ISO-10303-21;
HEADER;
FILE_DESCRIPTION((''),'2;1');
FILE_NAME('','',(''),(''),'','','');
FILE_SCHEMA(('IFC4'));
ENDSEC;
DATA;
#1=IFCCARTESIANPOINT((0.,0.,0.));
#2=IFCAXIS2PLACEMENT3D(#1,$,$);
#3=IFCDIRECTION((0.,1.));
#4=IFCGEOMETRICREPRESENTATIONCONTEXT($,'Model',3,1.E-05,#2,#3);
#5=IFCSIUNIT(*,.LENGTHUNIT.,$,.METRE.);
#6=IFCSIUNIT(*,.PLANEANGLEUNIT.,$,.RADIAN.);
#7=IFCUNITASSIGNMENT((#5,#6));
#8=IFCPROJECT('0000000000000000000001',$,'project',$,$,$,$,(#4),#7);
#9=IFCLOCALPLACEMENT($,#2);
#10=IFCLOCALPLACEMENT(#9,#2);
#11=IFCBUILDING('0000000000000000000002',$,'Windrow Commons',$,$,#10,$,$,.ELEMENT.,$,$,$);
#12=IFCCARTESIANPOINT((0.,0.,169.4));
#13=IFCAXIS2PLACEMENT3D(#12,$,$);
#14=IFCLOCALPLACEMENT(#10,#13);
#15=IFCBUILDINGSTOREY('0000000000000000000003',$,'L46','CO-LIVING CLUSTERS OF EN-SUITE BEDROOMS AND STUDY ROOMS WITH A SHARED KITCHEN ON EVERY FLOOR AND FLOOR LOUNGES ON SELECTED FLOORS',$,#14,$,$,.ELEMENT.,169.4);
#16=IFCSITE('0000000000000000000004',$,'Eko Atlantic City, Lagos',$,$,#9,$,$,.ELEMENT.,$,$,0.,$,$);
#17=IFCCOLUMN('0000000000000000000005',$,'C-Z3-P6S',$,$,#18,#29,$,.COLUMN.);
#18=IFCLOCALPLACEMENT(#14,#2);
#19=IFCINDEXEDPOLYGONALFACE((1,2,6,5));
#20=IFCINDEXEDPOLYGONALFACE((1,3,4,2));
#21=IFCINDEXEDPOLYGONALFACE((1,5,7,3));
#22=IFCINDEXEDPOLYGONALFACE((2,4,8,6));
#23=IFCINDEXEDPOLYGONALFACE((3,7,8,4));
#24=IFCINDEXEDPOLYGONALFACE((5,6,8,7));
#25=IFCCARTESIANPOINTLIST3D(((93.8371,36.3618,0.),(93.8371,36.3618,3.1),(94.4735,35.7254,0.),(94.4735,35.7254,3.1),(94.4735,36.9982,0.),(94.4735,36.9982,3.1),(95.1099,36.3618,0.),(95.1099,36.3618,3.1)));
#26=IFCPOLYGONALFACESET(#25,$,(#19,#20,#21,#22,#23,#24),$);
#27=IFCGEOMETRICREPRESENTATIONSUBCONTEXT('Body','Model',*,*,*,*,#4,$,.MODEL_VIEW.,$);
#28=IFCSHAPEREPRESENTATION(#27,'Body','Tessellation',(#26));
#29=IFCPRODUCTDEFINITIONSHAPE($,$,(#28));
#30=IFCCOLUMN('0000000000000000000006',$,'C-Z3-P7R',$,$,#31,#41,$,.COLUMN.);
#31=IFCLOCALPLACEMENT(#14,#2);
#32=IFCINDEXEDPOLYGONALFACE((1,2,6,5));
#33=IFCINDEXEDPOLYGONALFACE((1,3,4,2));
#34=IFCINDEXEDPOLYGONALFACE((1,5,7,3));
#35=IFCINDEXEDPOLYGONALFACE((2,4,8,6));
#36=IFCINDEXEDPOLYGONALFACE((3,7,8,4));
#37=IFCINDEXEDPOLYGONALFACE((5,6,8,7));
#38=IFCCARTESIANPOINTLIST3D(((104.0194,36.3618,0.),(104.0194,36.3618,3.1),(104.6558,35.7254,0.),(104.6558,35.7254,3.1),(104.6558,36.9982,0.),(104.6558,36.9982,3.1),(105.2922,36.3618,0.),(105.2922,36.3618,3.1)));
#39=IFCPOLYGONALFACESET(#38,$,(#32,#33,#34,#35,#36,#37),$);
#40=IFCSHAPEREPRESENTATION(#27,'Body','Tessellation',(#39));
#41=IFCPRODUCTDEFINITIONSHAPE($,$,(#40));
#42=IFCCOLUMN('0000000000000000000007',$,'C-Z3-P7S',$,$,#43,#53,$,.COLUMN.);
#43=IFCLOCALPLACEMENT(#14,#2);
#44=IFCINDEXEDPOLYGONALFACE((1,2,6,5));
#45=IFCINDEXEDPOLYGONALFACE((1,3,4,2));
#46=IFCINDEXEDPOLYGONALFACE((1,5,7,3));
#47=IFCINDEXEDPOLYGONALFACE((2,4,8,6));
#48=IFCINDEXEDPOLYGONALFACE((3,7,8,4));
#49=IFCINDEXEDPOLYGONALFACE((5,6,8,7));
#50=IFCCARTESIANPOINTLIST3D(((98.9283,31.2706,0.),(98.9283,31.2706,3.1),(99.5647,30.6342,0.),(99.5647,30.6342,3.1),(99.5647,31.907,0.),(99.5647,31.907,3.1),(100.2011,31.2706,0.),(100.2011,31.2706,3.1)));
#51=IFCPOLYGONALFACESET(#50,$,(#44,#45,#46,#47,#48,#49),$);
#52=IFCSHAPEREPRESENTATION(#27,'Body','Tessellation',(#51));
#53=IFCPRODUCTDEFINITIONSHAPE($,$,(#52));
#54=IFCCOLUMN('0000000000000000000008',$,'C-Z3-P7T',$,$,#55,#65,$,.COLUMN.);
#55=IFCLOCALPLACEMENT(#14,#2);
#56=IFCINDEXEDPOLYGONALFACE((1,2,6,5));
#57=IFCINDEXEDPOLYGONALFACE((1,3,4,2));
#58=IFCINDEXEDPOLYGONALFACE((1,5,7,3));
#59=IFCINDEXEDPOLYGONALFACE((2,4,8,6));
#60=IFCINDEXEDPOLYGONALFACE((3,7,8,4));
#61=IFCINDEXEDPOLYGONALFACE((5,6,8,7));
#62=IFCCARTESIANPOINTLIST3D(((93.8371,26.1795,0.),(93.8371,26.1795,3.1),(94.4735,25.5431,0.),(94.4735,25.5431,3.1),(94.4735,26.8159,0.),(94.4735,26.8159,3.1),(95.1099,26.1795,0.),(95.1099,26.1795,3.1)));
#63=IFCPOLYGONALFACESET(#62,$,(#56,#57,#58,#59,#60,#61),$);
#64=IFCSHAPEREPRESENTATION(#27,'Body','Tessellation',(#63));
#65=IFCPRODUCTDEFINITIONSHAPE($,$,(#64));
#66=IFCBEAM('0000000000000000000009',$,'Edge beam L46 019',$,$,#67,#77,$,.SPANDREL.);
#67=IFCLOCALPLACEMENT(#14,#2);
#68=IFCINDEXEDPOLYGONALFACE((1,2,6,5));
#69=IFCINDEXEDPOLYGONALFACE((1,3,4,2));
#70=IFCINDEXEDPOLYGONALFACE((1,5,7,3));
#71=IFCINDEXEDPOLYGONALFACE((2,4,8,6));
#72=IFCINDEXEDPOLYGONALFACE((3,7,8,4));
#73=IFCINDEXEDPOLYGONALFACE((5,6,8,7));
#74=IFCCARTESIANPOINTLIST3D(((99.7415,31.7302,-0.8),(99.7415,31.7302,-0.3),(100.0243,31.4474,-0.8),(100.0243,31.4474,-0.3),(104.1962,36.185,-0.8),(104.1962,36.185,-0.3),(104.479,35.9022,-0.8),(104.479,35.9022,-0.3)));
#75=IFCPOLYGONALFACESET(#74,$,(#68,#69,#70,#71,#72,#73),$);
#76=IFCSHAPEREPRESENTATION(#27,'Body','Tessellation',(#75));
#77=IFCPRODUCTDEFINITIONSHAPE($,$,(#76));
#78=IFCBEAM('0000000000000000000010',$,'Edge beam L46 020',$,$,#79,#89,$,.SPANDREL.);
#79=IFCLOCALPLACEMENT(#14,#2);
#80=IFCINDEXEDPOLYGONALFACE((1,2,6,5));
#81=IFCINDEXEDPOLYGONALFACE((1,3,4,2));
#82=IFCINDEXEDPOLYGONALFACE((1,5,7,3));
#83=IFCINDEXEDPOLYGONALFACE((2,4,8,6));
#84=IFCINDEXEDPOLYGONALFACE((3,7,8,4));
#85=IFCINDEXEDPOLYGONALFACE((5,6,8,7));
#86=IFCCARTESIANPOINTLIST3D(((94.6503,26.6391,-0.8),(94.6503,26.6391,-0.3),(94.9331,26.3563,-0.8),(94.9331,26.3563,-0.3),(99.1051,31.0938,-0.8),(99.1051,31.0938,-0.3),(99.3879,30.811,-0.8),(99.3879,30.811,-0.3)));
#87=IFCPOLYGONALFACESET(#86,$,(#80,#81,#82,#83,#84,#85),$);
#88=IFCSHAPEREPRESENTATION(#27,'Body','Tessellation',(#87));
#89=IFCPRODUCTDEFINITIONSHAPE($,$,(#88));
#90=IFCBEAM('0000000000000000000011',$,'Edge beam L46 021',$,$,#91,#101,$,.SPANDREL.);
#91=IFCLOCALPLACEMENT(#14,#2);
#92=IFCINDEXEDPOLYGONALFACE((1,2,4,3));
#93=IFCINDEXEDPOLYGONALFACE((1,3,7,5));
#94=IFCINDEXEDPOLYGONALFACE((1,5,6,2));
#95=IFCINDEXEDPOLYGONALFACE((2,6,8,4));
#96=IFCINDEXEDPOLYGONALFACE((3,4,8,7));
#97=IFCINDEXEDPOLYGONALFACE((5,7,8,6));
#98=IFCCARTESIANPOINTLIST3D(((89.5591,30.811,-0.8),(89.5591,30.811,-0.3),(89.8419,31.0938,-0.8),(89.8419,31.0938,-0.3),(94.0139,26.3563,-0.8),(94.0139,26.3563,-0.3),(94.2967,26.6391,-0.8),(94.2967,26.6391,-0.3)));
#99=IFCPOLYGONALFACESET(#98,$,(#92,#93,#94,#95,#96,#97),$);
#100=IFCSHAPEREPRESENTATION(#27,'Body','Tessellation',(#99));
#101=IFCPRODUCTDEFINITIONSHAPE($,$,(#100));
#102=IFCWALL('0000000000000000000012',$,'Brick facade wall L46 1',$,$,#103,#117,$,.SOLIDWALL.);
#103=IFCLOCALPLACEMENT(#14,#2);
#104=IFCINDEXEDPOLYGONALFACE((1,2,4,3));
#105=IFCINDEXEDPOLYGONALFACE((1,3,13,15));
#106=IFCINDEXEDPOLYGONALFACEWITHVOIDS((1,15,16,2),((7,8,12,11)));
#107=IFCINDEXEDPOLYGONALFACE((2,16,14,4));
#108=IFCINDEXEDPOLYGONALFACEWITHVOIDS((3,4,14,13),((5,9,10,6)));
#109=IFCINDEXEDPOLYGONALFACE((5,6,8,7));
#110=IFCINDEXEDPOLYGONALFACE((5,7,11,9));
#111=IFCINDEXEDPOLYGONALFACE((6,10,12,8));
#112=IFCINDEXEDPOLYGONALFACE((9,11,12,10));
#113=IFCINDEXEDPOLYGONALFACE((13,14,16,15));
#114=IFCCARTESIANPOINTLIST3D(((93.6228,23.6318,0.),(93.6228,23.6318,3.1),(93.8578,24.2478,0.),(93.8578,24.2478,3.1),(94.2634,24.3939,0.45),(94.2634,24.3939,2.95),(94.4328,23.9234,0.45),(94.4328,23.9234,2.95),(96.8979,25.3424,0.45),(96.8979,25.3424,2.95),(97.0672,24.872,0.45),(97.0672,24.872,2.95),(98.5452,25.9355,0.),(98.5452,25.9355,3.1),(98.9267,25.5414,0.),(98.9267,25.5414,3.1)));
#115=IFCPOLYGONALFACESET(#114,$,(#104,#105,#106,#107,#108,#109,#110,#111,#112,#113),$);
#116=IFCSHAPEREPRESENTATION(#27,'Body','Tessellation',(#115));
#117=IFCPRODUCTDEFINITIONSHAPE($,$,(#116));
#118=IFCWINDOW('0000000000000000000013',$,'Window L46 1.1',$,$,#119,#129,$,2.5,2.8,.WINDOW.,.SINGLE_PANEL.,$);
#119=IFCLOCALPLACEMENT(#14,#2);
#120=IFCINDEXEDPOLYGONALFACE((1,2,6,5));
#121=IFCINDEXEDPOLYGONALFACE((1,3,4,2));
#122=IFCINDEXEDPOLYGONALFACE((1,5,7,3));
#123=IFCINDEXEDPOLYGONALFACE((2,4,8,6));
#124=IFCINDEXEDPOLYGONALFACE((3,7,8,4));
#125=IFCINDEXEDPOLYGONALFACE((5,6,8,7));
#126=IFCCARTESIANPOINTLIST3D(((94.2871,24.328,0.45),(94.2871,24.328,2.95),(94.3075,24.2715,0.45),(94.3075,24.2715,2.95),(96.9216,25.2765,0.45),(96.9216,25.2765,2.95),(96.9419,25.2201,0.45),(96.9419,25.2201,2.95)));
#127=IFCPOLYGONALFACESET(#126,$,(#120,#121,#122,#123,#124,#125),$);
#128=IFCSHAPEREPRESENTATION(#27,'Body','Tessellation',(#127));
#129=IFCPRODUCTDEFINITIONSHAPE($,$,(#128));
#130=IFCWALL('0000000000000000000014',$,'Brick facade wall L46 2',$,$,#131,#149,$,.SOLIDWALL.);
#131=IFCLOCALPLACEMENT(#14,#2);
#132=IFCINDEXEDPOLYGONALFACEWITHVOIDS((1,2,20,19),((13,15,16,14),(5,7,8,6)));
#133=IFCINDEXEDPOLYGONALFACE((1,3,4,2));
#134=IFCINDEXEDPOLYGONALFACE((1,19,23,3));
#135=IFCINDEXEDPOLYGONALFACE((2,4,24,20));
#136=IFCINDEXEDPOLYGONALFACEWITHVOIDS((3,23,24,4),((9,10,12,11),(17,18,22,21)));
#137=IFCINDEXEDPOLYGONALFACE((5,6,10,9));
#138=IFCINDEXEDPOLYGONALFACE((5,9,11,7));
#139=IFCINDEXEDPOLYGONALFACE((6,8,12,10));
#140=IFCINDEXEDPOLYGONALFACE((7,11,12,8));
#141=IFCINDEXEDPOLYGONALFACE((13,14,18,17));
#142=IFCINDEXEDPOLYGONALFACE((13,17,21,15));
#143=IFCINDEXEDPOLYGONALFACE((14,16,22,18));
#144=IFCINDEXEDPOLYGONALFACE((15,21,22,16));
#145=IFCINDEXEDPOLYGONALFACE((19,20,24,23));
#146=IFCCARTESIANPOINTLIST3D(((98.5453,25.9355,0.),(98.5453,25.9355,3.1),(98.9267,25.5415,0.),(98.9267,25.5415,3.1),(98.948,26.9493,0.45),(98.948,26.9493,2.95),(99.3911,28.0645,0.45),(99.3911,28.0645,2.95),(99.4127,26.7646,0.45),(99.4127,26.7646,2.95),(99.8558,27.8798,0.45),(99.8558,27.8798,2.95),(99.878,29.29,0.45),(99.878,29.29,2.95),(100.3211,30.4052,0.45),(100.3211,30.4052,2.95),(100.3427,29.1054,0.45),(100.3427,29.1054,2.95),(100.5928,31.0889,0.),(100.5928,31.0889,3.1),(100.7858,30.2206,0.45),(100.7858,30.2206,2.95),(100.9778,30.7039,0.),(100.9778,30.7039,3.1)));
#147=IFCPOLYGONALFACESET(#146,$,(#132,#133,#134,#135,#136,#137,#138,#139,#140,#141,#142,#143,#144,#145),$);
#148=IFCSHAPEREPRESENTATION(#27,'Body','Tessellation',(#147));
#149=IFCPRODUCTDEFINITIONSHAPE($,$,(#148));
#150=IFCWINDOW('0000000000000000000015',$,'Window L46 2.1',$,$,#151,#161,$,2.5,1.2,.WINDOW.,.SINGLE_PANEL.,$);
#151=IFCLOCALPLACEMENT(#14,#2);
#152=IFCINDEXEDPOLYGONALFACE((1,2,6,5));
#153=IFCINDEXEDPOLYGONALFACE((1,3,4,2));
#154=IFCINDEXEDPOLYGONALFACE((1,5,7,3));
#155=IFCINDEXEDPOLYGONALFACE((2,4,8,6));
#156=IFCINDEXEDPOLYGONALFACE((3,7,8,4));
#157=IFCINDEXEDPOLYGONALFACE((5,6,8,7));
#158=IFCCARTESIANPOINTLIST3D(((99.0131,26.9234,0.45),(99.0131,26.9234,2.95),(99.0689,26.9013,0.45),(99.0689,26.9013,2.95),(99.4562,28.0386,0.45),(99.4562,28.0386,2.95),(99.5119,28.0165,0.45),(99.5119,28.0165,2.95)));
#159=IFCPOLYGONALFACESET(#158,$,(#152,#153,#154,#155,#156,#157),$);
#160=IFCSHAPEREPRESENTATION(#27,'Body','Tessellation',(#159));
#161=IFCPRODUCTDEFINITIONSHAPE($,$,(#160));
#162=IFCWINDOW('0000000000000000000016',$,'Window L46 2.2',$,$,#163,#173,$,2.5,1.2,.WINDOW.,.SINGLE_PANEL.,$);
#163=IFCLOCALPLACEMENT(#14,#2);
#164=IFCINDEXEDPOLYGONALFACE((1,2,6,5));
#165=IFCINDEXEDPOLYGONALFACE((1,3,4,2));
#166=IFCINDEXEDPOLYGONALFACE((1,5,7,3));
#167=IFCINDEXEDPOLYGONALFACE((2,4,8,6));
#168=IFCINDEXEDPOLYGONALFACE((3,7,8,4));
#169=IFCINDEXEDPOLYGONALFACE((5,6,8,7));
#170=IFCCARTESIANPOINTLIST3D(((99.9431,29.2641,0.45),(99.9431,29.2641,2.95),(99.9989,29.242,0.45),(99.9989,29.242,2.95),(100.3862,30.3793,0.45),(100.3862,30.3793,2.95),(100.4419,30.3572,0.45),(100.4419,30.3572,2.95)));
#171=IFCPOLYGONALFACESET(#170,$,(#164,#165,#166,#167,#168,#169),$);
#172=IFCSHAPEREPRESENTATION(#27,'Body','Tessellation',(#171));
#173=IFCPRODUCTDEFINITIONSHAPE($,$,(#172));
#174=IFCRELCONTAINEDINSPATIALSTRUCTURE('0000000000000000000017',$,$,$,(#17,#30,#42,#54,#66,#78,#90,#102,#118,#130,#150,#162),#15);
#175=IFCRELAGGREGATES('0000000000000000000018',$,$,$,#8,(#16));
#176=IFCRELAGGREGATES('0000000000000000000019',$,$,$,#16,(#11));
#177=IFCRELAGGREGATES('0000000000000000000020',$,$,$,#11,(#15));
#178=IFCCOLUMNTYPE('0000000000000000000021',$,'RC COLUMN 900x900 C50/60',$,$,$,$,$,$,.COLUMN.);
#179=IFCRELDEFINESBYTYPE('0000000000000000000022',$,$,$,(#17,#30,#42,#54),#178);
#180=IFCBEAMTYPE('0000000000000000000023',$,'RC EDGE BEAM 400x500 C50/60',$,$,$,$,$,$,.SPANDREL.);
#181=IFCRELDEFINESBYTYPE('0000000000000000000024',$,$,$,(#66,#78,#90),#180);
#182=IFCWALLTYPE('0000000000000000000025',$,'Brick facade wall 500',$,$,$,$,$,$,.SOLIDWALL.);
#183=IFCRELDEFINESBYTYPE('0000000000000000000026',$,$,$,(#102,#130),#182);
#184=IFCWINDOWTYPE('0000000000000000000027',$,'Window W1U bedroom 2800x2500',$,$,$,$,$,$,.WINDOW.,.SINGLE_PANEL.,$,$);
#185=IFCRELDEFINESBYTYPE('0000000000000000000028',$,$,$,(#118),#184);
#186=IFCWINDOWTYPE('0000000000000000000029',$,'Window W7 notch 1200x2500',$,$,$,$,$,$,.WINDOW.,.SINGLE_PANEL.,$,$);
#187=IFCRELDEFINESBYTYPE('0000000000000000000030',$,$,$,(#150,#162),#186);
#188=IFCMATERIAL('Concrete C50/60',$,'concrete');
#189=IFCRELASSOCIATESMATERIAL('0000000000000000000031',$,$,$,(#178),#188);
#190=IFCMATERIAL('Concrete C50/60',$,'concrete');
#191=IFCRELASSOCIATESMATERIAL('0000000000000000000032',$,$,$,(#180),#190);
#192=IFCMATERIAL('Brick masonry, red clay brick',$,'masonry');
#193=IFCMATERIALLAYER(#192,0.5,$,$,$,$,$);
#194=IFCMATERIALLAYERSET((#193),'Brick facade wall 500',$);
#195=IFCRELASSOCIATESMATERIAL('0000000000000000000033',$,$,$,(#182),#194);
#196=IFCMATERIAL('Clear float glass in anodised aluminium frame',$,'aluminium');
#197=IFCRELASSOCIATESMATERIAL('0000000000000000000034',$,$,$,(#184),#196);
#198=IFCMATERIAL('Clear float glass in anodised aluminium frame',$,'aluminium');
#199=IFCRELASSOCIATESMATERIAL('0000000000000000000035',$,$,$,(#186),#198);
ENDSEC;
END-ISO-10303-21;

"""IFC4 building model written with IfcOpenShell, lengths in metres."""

from ifc_helpers import new_model, si_unit, direction, frame, frame_2d, origin, origin_2d, place, context, subcontext, project, spatial, polyline, rectangle, outline, extrude, material, layer, layer_set, material_profile, profile_set, type_object, element, fill, save


model = new_model("IFC4")

# Units and contexts
model_context = context("Model", 3, precision=1e-05, world=origin(), true_north=direction((0.0, 1.0)))
body_context = subcontext(model_context, "Body", "Model", "MODEL_VIEW")
ifc_project = project(units=[si_unit("LENGTHUNIT", "METRE"), si_unit("PLANEANGLEUNIT", "RADIAN")], contexts=[model_context])

# Site, building, storey
site_placement = place(None, origin())
site = spatial("IfcSite", under=ifc_project, at=site_placement, Name="Eko Atlantic City, Lagos", CompositionType="ELEMENT", RefElevation=0.0)
building_placement = place(site_placement, origin())
building = spatial("IfcBuilding", under=site, at=building_placement, Name="Windrow Commons", CompositionType="ELEMENT")
storey_placement = place(building_placement, frame((0.0, 0.0, 169.4)))
storey = spatial("IfcBuildingStorey", under=building, at=storey_placement, Name="L46", Description="CO-LIVING CLUSTERS OF EN-SUITE BEDROOMS AND STUDY ROOMS WITH A SHARED KITCHEN ON EVERY FLOOR AND FLOOR LOUNGES ON SELECTED FLOORS", CompositionType="ELEMENT", Elevation=169.4)

# Columns
ifc_material_1 = material(Name="Concrete C50/60", Category="concrete")
ifc_material_profile_1 = material_profile(ifc_material_1, rectangle(XDim=0.9, YDim=0.9, at=origin_2d()))
ifc_profile_set_1 = profile_set([ifc_material_profile_1], Name="Concrete C50/60")
column_type = type_object("IfcColumnType", Name="RC COLUMN 900x900 C50/60", PredefinedType="COLUMN", material=ifc_profile_set_1)
for number, where, z_axis, x_axis, name in (
    (1, (94.4735, 36.3618, 0.0), (0.0, 0.0, 1.0), (0.707107, -0.707107, 0.0), "C-Z3-P6S"),
    (2, (104.6558, 36.3618, 0.0), (0.0, 0.0, 1.0), (0.707107, -0.707107, 0.0), "C-Z3-P7R"),
    (3, (99.5647, 31.2706, 0.0), (0.0, 0.0, 1.0), (0.707107, -0.707107, 0.0), "C-Z3-P7S"),
    (4, (94.4735, 26.1795, 0.0), (0.0, 0.0, 1.0), (0.707107, -0.707107, 0.0), "C-Z3-P7T"),
):
    element("IfcColumn", number, at=place(storey_placement, frame(where, z_axis=z_axis, x_axis=x_axis)), inside=storey, type_object=column_type, Name=name, PredefinedType="COLUMN", context=body_context, shape_type="SweptSolid", body=[
        extrude(rectangle(XDim=0.9, YDim=0.9, at=origin_2d()), origin(), (0.0, 0.0, 1.0), 3.1),
    ])

# Beams
ifc_material_2 = material(Name="Concrete C50/60", Category="concrete")
ifc_material_profile_2 = material_profile(ifc_material_2, rectangle(XDim=0.4, YDim=0.5, at=origin_2d()))
ifc_profile_set_2 = profile_set([ifc_material_profile_2], Name="Concrete C50/60")
beam_type = type_object("IfcBeamType", Name="RC EDGE BEAM 400x500 C50/60", PredefinedType="SPANDREL", material=ifc_profile_set_2)
for number, where, z_axis, x_axis, name in (
    (5, (104.3376, 36.0436, -0.55), (-0.707099, -0.707115, 0.0), (0.707115, -0.707099, 0.0), "Edge beam L46 019"),
    (6, (99.2465, 30.9524, -0.55), (-0.707115, -0.707099, 0.0), (0.707099, -0.707115, 0.0), "Edge beam L46 020"),
    (7, (94.1553, 26.4977, -0.55), (-0.707115, 0.707099, 0.0), (-0.707099, -0.707115, 0.0), "Edge beam L46 021"),
):
    element("IfcBeam", number, at=place(storey_placement, frame(where, z_axis=z_axis, x_axis=x_axis)), inside=storey, type_object=beam_type, Name=name, PredefinedType="SPANDREL", context=body_context, shape_type="SweptSolid", body=[
        extrude(rectangle(XDim=0.4, YDim=0.5, at=origin_2d()), origin(), (0.0, 0.0, 1.0), 6.3),
    ])

# Wall, opening, window
ifc_material_3 = material(Name="Brick masonry, red clay brick", Category="masonry")
ifc_layer_1 = layer(ifc_material_3, 0.5)
ifc_layer_set_1 = layer_set([ifc_layer_1], Name="Brick facade wall 500")
wall_type_1 = type_object("IfcWallType", Name="Brick facade wall 500", PredefinedType="SOLIDWALL", material=ifc_layer_set_1)
wall_1_placement = place(storey_placement, frame((93.7403, 23.9398, 0.0), z_axis=(0.0, 0.0, 1.0), x_axis=(0.940873, 0.338761, 0.0)))
wall_1 = element("IfcWall", 8, at=wall_1_placement, inside=storey, type_object=wall_type_1, Name="Brick facade wall L46 1", PredefinedType="SOLIDWALL", context=body_context, shape_type="SweptSolid", body=[
    extrude(outline(polyline([(-0.2149, -0.25), (5.4223, -0.25), (5.1969, 0.25), (0.2149, 0.25), (-0.2149, -0.25)])), origin(), (0.0, 0.0, 1.0), 3.1),
])
opening_1_placement = place(wall_1_placement, frame((0.646, 0.0, 0.45)))
opening_1 = element("IfcOpeningElement", 9, at=opening_1_placement, cuts=wall_1, PredefinedType="OPENING", context=body_context, shape_type="SweptSolid", body=[
    extrude(rectangle(XDim=2.8, YDim=2.5, at=frame_2d((1.4, 1.25))), frame((0.0, 0.26, 0.0), z_axis=(0.0, -1.0, 0.0), x_axis=(1.0, 0.0, 0.0)), (0.0, 0.0, 1.0), 0.52),
])
ifc_material_4 = material(Name="Clear float glass in anodised aluminium frame", Category="aluminium")
window_type_1 = type_object("IfcWindowType", Name="Window W1U bedroom 2800x2500", PartitioningType="SINGLE_PANEL", PredefinedType="WINDOW", material=ifc_material_4)
window_1_placement = place(opening_1_placement, origin())
window_1 = element("IfcWindow", 10, at=window_1_placement, inside=storey, type_object=window_type_1, Name="Window L46 1.1", OverallHeight=2.5, OverallWidth=2.8, PartitioningType="SINGLE_PANEL", PredefinedType="WINDOW", context=body_context, shape_type="SweptSolid", body=[
    extrude(rectangle(XDim=2.8, YDim=2.5, at=frame_2d((1.4, 1.25))), frame((0.0, 0.18, 0.0), z_axis=(0.0, -1.0, 0.0), x_axis=(1.0, 0.0, 0.0)), (0.0, 0.0, 1.0), 0.06),
])
fill(opening_1, window_1)

# Wall, openings, windows
wall_2_placement = place(storey_placement, frame((98.736, 25.7385, 0.0), z_axis=(0.0, 0.0, 1.0), x_axis=(0.369237, 0.929335, 0.0)))
wall_2 = element("IfcWall", 11, at=wall_2_placement, inside=storey, type_object=wall_type_1, Name="Brick facade wall L46 2", PredefinedType="SOLIDWALL", context=body_context, shape_type="SweptSolid", body=[
    extrude(outline(polyline([(-0.1127, -0.25), (5.4423, -0.25), (5.6579, 0.25), (0.1127, 0.25), (-0.1127, -0.25)])), origin(), (0.0, 0.0, 1.0), 3.1),
])
opening_2_placement = place(wall_2_placement, frame((1.2035, 0.0, 0.45)))
opening_2 = element("IfcOpeningElement", 12, at=opening_2_placement, cuts=wall_2, PredefinedType="OPENING", context=body_context, shape_type="SweptSolid", body=[
    extrude(rectangle(XDim=1.2, YDim=2.5, at=frame_2d((0.6, 1.25))), frame((0.0, 0.26, 0.0), z_axis=(0.0, -1.0, 0.0), x_axis=(1.0, 0.0, 0.0)), (0.0, 0.0, 1.0), 0.52),
])
opening_3_placement = place(wall_2_placement, frame((3.7222, 0.0, 0.45)))
opening_3 = element("IfcOpeningElement", 13, at=opening_3_placement, cuts=wall_2, PredefinedType="OPENING", context=body_context, shape_type="SweptSolid", body=[
    extrude(rectangle(XDim=1.2, YDim=2.5, at=frame_2d((0.6, 1.25))), frame((0.0, 0.26, 0.0), z_axis=(0.0, -1.0, 0.0), x_axis=(1.0, 0.0, 0.0)), (0.0, 0.0, 1.0), 0.52),
])
ifc_material_5 = material(Name="Clear float glass in anodised aluminium frame", Category="aluminium")
window_type_2 = type_object("IfcWindowType", Name="Window W7 notch 1200x2500", PartitioningType="SINGLE_PANEL", PredefinedType="WINDOW", material=ifc_material_5)
window_2_placement = place(opening_2_placement, origin())
window_2 = element("IfcWindow", 14, at=window_2_placement, inside=storey, type_object=window_type_2, Name="Window L46 2.1", OverallHeight=2.5, OverallWidth=1.2, PartitioningType="SINGLE_PANEL", PredefinedType="WINDOW", context=body_context, shape_type="SweptSolid", body=[
    extrude(rectangle(XDim=1.2, YDim=2.5, at=frame_2d((0.6, 1.25))), frame((0.0, 0.18, 0.0), z_axis=(0.0, -1.0, 0.0), x_axis=(1.0, 0.0, 0.0)), (0.0, 0.0, 1.0), 0.06),
])
fill(opening_2, window_2)
window_3_placement = place(opening_3_placement, origin())
window_3 = element("IfcWindow", 15, at=window_3_placement, inside=storey, type_object=window_type_2, Name="Window L46 2.2", OverallHeight=2.5, OverallWidth=1.2, PartitioningType="SINGLE_PANEL", PredefinedType="WINDOW", context=body_context, shape_type="SweptSolid", body=[
    extrude(rectangle(XDim=1.2, YDim=2.5, at=frame_2d((0.6, 1.25))), frame((0.0, 0.18, 0.0), z_axis=(0.0, -1.0, 0.0), x_axis=(1.0, 0.0, 0.0)), (0.0, 0.0, 1.0), 0.06),
])
fill(opening_3, window_3)

save(model, "model.ifc")
